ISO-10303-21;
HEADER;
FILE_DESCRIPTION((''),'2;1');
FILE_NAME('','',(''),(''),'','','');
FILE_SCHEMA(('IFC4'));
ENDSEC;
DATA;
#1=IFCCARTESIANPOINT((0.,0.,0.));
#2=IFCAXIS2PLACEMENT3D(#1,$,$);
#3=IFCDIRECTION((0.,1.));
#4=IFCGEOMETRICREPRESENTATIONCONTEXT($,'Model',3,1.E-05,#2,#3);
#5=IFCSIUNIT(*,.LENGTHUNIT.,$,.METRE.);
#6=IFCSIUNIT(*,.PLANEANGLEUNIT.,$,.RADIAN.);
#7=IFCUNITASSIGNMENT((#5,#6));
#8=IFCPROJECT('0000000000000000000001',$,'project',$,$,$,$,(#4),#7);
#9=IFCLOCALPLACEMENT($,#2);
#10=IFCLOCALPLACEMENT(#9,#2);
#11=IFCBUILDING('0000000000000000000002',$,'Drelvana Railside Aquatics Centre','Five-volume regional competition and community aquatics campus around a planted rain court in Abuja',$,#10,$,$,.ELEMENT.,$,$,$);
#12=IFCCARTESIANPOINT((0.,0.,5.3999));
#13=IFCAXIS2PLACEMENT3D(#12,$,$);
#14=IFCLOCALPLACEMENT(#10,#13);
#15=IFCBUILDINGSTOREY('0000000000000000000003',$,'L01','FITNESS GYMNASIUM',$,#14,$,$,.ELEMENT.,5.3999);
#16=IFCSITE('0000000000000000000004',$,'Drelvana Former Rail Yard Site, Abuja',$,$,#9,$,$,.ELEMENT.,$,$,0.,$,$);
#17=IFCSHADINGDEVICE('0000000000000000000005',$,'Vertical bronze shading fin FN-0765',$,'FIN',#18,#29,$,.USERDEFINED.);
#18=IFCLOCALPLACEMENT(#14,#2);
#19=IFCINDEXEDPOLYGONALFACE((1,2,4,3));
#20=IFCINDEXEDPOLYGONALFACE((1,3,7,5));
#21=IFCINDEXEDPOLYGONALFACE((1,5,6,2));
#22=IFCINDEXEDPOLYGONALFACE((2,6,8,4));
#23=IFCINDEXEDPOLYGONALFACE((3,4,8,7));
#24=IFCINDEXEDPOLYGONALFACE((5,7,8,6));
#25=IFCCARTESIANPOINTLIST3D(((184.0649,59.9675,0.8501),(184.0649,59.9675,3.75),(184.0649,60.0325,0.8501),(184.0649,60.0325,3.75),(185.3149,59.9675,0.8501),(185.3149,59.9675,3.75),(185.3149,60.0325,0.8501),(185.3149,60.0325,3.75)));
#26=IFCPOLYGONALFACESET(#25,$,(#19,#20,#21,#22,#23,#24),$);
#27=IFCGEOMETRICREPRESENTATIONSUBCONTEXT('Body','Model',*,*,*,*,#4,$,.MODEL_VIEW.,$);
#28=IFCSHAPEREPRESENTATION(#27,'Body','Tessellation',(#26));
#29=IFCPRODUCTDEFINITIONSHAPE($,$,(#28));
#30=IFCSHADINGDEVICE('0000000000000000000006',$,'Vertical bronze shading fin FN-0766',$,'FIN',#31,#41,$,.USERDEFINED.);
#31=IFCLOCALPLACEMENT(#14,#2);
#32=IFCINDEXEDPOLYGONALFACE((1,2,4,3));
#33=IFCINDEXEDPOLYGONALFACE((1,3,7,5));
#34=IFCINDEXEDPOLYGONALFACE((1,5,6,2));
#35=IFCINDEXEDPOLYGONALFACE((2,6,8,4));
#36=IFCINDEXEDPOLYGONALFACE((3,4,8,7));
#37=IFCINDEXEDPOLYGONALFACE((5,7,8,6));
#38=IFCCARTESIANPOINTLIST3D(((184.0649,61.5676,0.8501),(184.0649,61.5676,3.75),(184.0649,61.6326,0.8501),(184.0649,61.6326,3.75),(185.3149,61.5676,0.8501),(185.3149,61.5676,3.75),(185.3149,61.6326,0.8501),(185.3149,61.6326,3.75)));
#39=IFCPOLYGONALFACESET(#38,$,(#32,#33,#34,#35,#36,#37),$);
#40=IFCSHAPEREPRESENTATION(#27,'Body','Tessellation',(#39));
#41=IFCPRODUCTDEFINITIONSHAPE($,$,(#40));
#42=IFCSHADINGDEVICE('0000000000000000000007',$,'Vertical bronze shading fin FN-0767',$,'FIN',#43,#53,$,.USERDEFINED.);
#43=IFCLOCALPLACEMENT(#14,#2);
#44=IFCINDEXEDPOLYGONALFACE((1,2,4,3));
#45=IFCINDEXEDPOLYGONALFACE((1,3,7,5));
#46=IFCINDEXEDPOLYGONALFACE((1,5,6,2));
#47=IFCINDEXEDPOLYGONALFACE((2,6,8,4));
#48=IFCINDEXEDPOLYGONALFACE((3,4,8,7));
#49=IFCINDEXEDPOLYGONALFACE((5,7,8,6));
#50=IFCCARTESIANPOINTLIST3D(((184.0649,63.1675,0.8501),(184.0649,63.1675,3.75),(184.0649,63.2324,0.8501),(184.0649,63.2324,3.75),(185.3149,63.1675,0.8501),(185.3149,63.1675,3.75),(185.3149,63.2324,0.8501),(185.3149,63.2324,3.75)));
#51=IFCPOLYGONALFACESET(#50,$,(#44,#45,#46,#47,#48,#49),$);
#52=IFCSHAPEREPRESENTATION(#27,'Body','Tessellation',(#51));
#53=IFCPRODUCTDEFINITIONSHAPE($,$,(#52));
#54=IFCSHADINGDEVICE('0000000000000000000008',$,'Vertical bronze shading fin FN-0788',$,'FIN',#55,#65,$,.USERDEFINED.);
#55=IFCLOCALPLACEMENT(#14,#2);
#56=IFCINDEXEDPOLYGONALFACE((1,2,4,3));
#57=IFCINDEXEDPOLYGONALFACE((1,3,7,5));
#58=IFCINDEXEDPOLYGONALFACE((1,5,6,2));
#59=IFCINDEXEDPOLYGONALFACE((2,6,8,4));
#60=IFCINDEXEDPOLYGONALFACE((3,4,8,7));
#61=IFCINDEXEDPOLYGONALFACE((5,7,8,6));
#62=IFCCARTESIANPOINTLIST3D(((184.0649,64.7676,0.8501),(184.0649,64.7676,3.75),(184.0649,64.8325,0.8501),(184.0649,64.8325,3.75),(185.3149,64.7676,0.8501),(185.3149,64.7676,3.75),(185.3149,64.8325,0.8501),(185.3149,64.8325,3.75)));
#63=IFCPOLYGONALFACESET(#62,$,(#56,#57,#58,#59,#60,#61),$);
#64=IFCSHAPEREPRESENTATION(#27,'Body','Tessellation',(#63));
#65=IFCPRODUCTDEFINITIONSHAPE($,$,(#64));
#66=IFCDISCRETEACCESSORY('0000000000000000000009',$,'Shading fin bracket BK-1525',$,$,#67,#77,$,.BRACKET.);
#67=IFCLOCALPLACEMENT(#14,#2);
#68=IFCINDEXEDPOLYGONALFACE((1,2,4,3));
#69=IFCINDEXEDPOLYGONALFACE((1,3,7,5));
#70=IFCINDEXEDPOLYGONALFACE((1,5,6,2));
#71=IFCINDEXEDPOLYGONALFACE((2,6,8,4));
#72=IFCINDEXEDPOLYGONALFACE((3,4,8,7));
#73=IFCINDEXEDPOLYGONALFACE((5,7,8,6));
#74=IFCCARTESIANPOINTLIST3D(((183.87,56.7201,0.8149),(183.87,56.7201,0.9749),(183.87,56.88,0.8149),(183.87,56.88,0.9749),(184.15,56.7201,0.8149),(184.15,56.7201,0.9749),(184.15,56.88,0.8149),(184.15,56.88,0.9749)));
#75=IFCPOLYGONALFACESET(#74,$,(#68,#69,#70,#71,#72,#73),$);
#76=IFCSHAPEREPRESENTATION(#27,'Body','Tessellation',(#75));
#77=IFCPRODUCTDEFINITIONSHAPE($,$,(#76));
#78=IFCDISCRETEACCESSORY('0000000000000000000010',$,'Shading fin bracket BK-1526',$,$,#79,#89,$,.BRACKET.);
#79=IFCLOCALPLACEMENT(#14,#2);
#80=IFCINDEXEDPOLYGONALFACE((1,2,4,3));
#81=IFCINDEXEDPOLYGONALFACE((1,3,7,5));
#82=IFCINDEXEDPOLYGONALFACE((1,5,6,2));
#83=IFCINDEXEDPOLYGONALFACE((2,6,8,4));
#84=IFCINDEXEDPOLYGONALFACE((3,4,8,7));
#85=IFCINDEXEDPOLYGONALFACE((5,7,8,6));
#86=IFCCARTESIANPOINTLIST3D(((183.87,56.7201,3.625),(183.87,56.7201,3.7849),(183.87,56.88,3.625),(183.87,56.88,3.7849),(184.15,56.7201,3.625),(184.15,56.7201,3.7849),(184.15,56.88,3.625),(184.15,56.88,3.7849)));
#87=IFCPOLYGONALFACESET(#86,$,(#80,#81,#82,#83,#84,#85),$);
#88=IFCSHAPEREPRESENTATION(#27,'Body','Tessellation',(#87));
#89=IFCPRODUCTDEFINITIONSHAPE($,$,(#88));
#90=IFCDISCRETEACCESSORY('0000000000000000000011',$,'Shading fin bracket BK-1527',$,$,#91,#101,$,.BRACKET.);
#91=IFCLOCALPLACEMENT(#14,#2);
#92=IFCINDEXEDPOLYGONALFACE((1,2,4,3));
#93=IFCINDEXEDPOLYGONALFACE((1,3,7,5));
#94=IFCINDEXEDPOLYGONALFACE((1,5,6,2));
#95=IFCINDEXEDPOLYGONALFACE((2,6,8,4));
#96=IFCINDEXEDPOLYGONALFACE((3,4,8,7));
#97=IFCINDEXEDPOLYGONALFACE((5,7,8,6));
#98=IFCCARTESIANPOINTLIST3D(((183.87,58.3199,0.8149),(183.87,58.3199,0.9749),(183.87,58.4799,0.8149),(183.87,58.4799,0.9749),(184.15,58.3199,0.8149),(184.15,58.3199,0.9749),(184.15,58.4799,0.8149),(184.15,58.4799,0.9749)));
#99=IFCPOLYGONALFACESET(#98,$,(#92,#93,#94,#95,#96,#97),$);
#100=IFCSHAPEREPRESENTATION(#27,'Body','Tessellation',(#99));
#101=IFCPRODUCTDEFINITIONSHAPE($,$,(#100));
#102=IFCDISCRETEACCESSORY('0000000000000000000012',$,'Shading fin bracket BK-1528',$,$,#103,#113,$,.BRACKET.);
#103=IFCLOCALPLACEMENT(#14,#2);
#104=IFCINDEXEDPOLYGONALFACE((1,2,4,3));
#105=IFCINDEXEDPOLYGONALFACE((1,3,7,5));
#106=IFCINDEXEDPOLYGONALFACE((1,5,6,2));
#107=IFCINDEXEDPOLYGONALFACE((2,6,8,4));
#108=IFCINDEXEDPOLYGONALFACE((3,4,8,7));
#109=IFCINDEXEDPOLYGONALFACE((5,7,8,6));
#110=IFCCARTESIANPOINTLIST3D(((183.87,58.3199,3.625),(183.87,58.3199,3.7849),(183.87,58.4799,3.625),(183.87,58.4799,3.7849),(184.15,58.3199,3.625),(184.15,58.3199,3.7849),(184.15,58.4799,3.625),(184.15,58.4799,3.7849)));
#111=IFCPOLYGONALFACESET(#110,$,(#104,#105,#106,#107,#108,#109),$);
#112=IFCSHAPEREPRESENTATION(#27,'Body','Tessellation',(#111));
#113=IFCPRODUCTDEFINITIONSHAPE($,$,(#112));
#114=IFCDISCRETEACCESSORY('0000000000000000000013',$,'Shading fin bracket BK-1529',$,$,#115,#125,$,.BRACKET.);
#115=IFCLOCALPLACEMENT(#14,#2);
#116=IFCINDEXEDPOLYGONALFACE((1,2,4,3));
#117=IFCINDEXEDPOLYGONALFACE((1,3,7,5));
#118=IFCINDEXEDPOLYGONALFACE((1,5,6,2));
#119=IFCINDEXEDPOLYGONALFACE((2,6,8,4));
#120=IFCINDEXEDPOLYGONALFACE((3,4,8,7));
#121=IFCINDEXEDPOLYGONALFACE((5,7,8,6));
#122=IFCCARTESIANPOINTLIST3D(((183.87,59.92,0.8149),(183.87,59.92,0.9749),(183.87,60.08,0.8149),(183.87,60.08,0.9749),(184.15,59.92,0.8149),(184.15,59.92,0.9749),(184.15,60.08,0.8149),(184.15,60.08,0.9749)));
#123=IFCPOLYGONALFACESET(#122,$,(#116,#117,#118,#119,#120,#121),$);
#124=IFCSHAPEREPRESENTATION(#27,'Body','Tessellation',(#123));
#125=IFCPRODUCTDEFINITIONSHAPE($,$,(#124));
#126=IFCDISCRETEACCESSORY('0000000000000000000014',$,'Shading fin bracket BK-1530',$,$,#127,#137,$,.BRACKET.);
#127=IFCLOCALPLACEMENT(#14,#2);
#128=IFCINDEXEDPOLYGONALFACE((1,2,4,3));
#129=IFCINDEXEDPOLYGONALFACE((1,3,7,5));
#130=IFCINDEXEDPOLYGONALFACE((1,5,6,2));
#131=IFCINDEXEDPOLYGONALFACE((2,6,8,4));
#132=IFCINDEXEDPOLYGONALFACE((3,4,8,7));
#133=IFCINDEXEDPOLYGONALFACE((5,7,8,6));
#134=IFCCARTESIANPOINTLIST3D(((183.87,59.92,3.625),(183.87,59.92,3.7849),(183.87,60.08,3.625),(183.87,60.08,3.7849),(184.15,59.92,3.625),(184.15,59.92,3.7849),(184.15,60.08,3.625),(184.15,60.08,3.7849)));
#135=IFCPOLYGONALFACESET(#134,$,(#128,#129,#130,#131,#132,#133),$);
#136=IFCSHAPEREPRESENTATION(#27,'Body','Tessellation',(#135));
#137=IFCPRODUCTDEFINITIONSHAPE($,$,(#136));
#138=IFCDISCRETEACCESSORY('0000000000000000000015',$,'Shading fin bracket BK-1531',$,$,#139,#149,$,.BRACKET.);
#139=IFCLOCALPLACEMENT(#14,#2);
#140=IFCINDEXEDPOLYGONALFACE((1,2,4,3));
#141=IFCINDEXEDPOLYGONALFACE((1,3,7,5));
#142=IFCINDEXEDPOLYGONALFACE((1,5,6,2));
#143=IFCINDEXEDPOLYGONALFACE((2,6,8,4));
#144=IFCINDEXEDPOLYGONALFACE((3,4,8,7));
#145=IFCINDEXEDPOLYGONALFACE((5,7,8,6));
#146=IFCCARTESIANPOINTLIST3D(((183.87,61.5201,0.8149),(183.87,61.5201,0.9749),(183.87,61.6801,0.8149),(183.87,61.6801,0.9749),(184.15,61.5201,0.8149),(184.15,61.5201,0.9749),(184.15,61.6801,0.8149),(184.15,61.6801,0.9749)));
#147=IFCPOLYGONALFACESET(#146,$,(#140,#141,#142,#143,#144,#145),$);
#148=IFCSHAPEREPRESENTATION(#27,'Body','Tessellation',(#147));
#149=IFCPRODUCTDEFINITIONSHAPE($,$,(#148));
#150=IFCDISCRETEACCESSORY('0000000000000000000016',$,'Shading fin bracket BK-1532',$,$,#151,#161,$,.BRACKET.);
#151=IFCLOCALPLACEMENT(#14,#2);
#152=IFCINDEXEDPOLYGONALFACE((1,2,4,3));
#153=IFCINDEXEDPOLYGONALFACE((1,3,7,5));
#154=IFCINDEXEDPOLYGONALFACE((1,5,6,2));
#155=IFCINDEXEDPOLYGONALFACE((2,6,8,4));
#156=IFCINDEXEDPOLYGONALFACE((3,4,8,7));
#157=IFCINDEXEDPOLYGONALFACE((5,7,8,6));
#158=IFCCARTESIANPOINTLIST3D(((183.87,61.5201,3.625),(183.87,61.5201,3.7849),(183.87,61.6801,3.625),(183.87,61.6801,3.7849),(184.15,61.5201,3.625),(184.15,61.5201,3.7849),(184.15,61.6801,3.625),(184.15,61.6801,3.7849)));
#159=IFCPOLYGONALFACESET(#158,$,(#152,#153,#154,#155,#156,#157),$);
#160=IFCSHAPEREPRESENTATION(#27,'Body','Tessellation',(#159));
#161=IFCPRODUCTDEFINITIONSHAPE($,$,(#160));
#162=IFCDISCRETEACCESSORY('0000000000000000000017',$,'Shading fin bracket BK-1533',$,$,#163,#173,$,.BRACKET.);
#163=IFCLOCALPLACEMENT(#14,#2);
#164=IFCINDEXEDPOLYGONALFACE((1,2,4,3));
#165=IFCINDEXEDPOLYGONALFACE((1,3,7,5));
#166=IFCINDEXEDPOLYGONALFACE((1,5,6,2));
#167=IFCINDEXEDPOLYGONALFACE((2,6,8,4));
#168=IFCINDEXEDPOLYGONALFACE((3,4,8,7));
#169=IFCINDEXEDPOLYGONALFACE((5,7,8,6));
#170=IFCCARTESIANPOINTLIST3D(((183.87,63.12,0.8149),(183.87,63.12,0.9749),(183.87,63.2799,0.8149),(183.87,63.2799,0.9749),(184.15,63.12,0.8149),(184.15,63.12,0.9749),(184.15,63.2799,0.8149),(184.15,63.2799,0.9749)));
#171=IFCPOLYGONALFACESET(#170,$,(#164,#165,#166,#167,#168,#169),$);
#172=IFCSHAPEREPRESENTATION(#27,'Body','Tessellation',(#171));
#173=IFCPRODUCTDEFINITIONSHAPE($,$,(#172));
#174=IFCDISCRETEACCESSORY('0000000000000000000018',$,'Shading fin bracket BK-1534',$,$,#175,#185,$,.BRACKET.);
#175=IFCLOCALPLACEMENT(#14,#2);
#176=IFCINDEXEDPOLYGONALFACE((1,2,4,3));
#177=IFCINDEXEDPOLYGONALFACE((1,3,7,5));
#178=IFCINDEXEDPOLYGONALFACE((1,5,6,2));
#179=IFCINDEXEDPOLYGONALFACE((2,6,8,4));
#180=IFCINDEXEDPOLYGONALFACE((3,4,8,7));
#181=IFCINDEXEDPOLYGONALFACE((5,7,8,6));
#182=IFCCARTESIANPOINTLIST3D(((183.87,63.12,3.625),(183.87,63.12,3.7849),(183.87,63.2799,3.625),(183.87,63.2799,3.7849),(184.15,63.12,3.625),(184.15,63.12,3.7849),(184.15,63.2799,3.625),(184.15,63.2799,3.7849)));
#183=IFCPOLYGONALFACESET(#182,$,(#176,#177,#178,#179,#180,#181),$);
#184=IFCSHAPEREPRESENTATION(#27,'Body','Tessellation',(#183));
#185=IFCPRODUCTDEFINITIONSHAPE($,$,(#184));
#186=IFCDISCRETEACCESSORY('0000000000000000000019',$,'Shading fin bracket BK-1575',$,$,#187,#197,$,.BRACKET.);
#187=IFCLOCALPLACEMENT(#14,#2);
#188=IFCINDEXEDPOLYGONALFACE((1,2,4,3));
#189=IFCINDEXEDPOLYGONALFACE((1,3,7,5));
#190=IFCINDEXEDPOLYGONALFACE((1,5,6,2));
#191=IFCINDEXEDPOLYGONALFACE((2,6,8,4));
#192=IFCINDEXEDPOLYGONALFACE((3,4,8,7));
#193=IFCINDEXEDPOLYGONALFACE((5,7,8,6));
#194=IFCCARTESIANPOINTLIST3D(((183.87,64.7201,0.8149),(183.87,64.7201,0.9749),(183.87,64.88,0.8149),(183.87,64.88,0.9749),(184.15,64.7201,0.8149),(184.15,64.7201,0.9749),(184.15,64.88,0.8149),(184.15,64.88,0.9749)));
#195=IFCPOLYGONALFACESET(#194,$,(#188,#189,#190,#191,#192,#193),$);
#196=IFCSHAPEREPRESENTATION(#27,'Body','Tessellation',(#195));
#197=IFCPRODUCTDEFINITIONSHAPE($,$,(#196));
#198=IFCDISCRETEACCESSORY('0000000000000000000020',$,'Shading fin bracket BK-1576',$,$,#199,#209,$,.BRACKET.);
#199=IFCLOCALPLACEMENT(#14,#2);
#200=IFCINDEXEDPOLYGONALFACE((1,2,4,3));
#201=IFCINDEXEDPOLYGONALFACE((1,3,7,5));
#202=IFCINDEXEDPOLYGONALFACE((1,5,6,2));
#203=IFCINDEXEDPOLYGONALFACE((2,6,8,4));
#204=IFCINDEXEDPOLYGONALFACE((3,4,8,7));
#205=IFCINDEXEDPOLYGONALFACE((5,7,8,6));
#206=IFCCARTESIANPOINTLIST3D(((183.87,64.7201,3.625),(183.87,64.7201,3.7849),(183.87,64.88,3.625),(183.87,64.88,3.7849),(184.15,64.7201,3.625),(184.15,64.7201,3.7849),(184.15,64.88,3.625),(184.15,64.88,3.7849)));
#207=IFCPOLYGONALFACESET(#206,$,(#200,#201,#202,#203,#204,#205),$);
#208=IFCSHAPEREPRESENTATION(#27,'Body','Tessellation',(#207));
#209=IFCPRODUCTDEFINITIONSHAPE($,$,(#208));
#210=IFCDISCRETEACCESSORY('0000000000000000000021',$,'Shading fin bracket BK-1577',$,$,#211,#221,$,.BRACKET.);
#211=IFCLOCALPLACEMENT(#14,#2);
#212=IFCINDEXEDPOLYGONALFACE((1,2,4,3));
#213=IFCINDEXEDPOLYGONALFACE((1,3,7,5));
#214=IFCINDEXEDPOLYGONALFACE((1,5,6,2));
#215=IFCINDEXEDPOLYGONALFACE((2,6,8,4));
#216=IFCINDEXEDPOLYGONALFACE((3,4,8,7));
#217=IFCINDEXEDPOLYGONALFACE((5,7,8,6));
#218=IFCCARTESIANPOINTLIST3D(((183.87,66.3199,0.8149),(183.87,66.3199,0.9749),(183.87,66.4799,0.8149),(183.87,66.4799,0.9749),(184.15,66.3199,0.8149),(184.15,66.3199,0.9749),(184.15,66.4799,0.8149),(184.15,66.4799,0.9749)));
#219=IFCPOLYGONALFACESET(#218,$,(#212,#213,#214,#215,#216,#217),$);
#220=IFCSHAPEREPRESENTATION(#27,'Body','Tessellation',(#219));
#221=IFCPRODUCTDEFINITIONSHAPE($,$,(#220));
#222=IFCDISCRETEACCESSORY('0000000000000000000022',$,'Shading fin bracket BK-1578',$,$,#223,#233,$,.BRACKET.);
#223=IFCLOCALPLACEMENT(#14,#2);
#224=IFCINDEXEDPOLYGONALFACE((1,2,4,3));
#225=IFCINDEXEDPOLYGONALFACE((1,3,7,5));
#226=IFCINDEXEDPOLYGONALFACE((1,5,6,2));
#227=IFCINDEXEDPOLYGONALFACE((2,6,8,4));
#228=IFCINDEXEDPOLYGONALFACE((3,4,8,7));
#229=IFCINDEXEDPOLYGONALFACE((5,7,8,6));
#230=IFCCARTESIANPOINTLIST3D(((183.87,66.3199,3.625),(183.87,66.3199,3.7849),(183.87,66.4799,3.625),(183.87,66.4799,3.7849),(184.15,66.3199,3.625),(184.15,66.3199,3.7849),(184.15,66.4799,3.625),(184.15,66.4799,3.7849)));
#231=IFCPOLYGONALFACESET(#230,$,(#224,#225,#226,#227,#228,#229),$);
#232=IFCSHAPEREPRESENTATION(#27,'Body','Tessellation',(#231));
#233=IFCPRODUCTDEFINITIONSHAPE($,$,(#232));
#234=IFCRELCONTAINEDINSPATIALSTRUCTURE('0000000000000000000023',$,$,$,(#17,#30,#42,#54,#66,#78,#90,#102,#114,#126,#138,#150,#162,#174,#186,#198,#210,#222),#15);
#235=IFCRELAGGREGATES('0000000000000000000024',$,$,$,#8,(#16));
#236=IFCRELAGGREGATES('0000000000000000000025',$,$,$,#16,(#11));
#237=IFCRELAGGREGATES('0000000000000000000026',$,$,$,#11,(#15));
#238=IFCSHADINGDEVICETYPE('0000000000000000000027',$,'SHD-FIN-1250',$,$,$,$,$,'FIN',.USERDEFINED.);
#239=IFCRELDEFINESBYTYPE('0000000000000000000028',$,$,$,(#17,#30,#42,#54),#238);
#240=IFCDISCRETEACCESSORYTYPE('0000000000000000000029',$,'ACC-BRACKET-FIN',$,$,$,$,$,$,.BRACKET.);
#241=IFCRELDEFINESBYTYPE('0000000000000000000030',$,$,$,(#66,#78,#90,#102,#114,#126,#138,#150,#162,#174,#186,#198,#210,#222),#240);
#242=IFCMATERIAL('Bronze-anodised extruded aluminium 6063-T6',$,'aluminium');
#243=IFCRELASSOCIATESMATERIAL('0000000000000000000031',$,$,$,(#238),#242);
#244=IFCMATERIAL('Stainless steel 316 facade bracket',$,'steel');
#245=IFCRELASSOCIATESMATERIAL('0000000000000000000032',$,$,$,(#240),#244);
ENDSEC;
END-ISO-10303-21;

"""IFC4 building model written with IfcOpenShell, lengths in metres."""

from ifc_helpers import new_model, si_unit, direction, frame, origin, origin_2d, place, context, subcontext, project, spatial, rectangle, extrude, material, type_object, element, save


model = new_model("IFC4")

# Units and contexts
model_context = context("Model", 3, precision=1e-05, world=origin(), true_north=direction((0.0, 1.0)))
body_context = subcontext(model_context, "Body", "Model", "MODEL_VIEW")
ifc_project = project(units=[si_unit("LENGTHUNIT", "METRE"), si_unit("PLANEANGLEUNIT", "RADIAN")], contexts=[model_context])

# Site, building, storey
site_placement = place(None, origin())
site = spatial("IfcSite", under=ifc_project, at=site_placement, Name="Drelvana Former Rail Yard Site, Abuja", CompositionType="ELEMENT", RefElevation=0.0)
building_placement = place(site_placement, origin())
building = spatial("IfcBuilding", under=site, at=building_placement, Name="Drelvana Railside Aquatics Centre", Description="Five-volume regional competition and community aquatics campus around a planted rain court in Abuja", CompositionType="ELEMENT")
storey_placement = place(building_placement, frame((0.0, 0.0, 5.3999)))
storey = spatial("IfcBuildingStorey", under=building, at=storey_placement, Name="L01", Description="FITNESS GYMNASIUM", CompositionType="ELEMENT", Elevation=5.3999)

# Shared definitions
ifc_material_1 = material(Name="Bronze-anodised extruded aluminium 6063-T6", Category="aluminium")

# Shading devices
shading_device_type = type_object("IfcShadingDeviceType", Name="SHD-FIN-1250", ElementType="FIN", PredefinedType="USERDEFINED", material=ifc_material_1)
for number, where, z_axis, x_axis, name in (
    (1, (184.6899, 60.0, 0.8501), (0.0, 0.0, 1.0), (1.0, 0.0, 0.0), "Vertical bronze shading fin FN-0765"),
    (2, (184.6899, 61.6001, 0.8501), (0.0, 0.0, 1.0), (1.0, 0.0, 0.0), "Vertical bronze shading fin FN-0766"),
    (3, (184.6899, 63.2, 0.8501), (0.0, 0.0, 1.0), (1.0, 0.0, 0.0), "Vertical bronze shading fin FN-0767"),
    (4, (184.6899, 64.8, 0.8501), (0.0, 0.0, 1.0), (1.0, 0.0, 0.0), "Vertical bronze shading fin FN-0788"),
):
    element("IfcShadingDevice", number, at=place(storey_placement, frame(where, z_axis=z_axis, x_axis=x_axis)), inside=storey, type_object=shading_device_type, Name=name, ObjectType="FIN", PredefinedType="USERDEFINED", context=body_context, shape_type="SweptSolid", body=[
        extrude(rectangle(XDim=1.25, YDim=0.0649, at=origin_2d()), origin(), (0.0, 0.0, 1.0), 2.8999),
    ])

# Discrete accessories
ifc_material_2 = material(Name="Stainless steel 316 facade bracket", Category="steel")
discrete_accessory_type = type_object("IfcDiscreteAccessoryType", Name="ACC-BRACKET-FIN", PredefinedType="BRACKET", material=ifc_material_2)
for number, where, z_axis, x_axis, name in (
    (5, (184.01, 56.8, 0.8149), (0.0, 0.0, 1.0), (1.0, 0.0, 0.0), "Shading fin bracket BK-1525"),
    (6, (184.01, 56.8, 3.625), (0.0, 0.0, 1.0), (1.0, 0.0, 0.0), "Shading fin bracket BK-1526"),
    (7, (184.01, 58.3999, 0.8149), (0.0, 0.0, 1.0), (1.0, 0.0, 0.0), "Shading fin bracket BK-1527"),
    (8, (184.01, 58.3999, 3.625), (0.0, 0.0, 1.0), (1.0, 0.0, 0.0), "Shading fin bracket BK-1528"),
    (9, (184.01, 60.0, 0.8149), (0.0, 0.0, 1.0), (1.0, 0.0, 0.0), "Shading fin bracket BK-1529"),
    (10, (184.01, 60.0, 3.625), (0.0, 0.0, 1.0), (1.0, 0.0, 0.0), "Shading fin bracket BK-1530"),
    (11, (184.01, 61.6001, 0.8149), (0.0, 0.0, 1.0), (1.0, 0.0, 0.0), "Shading fin bracket BK-1531"),
    (12, (184.01, 61.6001, 3.625), (0.0, 0.0, 1.0), (1.0, 0.0, 0.0), "Shading fin bracket BK-1532"),
    (13, (184.01, 63.2, 0.8149), (0.0, 0.0, 1.0), (1.0, 0.0, 0.0), "Shading fin bracket BK-1533"),
    (14, (184.01, 63.2, 3.625), (0.0, 0.0, 1.0), (1.0, 0.0, 0.0), "Shading fin bracket BK-1534"),
    (15, (184.01, 64.8, 0.8149), (0.0, 0.0, 1.0), (1.0, 0.0, 0.0), "Shading fin bracket BK-1575"),
    (16, (184.01, 64.8, 3.625), (0.0, 0.0, 1.0), (1.0, 0.0, 0.0), "Shading fin bracket BK-1576"),
    (17, (184.01, 66.3999, 0.8149), (0.0, 0.0, 1.0), (1.0, 0.0, 0.0), "Shading fin bracket BK-1577"),
    (18, (184.01, 66.3999, 3.625), (0.0, 0.0, 1.0), (1.0, 0.0, 0.0), "Shading fin bracket BK-1578"),
):
    element("IfcDiscreteAccessory", number, at=place(storey_placement, frame(where, z_axis=z_axis, x_axis=x_axis)), inside=storey, type_object=discrete_accessory_type, Name=name, PredefinedType="BRACKET", context=body_context, shape_type="SweptSolid", body=[
        extrude(rectangle(XDim=0.28, YDim=0.1599, at=origin_2d()), origin(), (0.0, 0.0, 1.0), 0.1599),
    ])

save(model, "model.ifc")
